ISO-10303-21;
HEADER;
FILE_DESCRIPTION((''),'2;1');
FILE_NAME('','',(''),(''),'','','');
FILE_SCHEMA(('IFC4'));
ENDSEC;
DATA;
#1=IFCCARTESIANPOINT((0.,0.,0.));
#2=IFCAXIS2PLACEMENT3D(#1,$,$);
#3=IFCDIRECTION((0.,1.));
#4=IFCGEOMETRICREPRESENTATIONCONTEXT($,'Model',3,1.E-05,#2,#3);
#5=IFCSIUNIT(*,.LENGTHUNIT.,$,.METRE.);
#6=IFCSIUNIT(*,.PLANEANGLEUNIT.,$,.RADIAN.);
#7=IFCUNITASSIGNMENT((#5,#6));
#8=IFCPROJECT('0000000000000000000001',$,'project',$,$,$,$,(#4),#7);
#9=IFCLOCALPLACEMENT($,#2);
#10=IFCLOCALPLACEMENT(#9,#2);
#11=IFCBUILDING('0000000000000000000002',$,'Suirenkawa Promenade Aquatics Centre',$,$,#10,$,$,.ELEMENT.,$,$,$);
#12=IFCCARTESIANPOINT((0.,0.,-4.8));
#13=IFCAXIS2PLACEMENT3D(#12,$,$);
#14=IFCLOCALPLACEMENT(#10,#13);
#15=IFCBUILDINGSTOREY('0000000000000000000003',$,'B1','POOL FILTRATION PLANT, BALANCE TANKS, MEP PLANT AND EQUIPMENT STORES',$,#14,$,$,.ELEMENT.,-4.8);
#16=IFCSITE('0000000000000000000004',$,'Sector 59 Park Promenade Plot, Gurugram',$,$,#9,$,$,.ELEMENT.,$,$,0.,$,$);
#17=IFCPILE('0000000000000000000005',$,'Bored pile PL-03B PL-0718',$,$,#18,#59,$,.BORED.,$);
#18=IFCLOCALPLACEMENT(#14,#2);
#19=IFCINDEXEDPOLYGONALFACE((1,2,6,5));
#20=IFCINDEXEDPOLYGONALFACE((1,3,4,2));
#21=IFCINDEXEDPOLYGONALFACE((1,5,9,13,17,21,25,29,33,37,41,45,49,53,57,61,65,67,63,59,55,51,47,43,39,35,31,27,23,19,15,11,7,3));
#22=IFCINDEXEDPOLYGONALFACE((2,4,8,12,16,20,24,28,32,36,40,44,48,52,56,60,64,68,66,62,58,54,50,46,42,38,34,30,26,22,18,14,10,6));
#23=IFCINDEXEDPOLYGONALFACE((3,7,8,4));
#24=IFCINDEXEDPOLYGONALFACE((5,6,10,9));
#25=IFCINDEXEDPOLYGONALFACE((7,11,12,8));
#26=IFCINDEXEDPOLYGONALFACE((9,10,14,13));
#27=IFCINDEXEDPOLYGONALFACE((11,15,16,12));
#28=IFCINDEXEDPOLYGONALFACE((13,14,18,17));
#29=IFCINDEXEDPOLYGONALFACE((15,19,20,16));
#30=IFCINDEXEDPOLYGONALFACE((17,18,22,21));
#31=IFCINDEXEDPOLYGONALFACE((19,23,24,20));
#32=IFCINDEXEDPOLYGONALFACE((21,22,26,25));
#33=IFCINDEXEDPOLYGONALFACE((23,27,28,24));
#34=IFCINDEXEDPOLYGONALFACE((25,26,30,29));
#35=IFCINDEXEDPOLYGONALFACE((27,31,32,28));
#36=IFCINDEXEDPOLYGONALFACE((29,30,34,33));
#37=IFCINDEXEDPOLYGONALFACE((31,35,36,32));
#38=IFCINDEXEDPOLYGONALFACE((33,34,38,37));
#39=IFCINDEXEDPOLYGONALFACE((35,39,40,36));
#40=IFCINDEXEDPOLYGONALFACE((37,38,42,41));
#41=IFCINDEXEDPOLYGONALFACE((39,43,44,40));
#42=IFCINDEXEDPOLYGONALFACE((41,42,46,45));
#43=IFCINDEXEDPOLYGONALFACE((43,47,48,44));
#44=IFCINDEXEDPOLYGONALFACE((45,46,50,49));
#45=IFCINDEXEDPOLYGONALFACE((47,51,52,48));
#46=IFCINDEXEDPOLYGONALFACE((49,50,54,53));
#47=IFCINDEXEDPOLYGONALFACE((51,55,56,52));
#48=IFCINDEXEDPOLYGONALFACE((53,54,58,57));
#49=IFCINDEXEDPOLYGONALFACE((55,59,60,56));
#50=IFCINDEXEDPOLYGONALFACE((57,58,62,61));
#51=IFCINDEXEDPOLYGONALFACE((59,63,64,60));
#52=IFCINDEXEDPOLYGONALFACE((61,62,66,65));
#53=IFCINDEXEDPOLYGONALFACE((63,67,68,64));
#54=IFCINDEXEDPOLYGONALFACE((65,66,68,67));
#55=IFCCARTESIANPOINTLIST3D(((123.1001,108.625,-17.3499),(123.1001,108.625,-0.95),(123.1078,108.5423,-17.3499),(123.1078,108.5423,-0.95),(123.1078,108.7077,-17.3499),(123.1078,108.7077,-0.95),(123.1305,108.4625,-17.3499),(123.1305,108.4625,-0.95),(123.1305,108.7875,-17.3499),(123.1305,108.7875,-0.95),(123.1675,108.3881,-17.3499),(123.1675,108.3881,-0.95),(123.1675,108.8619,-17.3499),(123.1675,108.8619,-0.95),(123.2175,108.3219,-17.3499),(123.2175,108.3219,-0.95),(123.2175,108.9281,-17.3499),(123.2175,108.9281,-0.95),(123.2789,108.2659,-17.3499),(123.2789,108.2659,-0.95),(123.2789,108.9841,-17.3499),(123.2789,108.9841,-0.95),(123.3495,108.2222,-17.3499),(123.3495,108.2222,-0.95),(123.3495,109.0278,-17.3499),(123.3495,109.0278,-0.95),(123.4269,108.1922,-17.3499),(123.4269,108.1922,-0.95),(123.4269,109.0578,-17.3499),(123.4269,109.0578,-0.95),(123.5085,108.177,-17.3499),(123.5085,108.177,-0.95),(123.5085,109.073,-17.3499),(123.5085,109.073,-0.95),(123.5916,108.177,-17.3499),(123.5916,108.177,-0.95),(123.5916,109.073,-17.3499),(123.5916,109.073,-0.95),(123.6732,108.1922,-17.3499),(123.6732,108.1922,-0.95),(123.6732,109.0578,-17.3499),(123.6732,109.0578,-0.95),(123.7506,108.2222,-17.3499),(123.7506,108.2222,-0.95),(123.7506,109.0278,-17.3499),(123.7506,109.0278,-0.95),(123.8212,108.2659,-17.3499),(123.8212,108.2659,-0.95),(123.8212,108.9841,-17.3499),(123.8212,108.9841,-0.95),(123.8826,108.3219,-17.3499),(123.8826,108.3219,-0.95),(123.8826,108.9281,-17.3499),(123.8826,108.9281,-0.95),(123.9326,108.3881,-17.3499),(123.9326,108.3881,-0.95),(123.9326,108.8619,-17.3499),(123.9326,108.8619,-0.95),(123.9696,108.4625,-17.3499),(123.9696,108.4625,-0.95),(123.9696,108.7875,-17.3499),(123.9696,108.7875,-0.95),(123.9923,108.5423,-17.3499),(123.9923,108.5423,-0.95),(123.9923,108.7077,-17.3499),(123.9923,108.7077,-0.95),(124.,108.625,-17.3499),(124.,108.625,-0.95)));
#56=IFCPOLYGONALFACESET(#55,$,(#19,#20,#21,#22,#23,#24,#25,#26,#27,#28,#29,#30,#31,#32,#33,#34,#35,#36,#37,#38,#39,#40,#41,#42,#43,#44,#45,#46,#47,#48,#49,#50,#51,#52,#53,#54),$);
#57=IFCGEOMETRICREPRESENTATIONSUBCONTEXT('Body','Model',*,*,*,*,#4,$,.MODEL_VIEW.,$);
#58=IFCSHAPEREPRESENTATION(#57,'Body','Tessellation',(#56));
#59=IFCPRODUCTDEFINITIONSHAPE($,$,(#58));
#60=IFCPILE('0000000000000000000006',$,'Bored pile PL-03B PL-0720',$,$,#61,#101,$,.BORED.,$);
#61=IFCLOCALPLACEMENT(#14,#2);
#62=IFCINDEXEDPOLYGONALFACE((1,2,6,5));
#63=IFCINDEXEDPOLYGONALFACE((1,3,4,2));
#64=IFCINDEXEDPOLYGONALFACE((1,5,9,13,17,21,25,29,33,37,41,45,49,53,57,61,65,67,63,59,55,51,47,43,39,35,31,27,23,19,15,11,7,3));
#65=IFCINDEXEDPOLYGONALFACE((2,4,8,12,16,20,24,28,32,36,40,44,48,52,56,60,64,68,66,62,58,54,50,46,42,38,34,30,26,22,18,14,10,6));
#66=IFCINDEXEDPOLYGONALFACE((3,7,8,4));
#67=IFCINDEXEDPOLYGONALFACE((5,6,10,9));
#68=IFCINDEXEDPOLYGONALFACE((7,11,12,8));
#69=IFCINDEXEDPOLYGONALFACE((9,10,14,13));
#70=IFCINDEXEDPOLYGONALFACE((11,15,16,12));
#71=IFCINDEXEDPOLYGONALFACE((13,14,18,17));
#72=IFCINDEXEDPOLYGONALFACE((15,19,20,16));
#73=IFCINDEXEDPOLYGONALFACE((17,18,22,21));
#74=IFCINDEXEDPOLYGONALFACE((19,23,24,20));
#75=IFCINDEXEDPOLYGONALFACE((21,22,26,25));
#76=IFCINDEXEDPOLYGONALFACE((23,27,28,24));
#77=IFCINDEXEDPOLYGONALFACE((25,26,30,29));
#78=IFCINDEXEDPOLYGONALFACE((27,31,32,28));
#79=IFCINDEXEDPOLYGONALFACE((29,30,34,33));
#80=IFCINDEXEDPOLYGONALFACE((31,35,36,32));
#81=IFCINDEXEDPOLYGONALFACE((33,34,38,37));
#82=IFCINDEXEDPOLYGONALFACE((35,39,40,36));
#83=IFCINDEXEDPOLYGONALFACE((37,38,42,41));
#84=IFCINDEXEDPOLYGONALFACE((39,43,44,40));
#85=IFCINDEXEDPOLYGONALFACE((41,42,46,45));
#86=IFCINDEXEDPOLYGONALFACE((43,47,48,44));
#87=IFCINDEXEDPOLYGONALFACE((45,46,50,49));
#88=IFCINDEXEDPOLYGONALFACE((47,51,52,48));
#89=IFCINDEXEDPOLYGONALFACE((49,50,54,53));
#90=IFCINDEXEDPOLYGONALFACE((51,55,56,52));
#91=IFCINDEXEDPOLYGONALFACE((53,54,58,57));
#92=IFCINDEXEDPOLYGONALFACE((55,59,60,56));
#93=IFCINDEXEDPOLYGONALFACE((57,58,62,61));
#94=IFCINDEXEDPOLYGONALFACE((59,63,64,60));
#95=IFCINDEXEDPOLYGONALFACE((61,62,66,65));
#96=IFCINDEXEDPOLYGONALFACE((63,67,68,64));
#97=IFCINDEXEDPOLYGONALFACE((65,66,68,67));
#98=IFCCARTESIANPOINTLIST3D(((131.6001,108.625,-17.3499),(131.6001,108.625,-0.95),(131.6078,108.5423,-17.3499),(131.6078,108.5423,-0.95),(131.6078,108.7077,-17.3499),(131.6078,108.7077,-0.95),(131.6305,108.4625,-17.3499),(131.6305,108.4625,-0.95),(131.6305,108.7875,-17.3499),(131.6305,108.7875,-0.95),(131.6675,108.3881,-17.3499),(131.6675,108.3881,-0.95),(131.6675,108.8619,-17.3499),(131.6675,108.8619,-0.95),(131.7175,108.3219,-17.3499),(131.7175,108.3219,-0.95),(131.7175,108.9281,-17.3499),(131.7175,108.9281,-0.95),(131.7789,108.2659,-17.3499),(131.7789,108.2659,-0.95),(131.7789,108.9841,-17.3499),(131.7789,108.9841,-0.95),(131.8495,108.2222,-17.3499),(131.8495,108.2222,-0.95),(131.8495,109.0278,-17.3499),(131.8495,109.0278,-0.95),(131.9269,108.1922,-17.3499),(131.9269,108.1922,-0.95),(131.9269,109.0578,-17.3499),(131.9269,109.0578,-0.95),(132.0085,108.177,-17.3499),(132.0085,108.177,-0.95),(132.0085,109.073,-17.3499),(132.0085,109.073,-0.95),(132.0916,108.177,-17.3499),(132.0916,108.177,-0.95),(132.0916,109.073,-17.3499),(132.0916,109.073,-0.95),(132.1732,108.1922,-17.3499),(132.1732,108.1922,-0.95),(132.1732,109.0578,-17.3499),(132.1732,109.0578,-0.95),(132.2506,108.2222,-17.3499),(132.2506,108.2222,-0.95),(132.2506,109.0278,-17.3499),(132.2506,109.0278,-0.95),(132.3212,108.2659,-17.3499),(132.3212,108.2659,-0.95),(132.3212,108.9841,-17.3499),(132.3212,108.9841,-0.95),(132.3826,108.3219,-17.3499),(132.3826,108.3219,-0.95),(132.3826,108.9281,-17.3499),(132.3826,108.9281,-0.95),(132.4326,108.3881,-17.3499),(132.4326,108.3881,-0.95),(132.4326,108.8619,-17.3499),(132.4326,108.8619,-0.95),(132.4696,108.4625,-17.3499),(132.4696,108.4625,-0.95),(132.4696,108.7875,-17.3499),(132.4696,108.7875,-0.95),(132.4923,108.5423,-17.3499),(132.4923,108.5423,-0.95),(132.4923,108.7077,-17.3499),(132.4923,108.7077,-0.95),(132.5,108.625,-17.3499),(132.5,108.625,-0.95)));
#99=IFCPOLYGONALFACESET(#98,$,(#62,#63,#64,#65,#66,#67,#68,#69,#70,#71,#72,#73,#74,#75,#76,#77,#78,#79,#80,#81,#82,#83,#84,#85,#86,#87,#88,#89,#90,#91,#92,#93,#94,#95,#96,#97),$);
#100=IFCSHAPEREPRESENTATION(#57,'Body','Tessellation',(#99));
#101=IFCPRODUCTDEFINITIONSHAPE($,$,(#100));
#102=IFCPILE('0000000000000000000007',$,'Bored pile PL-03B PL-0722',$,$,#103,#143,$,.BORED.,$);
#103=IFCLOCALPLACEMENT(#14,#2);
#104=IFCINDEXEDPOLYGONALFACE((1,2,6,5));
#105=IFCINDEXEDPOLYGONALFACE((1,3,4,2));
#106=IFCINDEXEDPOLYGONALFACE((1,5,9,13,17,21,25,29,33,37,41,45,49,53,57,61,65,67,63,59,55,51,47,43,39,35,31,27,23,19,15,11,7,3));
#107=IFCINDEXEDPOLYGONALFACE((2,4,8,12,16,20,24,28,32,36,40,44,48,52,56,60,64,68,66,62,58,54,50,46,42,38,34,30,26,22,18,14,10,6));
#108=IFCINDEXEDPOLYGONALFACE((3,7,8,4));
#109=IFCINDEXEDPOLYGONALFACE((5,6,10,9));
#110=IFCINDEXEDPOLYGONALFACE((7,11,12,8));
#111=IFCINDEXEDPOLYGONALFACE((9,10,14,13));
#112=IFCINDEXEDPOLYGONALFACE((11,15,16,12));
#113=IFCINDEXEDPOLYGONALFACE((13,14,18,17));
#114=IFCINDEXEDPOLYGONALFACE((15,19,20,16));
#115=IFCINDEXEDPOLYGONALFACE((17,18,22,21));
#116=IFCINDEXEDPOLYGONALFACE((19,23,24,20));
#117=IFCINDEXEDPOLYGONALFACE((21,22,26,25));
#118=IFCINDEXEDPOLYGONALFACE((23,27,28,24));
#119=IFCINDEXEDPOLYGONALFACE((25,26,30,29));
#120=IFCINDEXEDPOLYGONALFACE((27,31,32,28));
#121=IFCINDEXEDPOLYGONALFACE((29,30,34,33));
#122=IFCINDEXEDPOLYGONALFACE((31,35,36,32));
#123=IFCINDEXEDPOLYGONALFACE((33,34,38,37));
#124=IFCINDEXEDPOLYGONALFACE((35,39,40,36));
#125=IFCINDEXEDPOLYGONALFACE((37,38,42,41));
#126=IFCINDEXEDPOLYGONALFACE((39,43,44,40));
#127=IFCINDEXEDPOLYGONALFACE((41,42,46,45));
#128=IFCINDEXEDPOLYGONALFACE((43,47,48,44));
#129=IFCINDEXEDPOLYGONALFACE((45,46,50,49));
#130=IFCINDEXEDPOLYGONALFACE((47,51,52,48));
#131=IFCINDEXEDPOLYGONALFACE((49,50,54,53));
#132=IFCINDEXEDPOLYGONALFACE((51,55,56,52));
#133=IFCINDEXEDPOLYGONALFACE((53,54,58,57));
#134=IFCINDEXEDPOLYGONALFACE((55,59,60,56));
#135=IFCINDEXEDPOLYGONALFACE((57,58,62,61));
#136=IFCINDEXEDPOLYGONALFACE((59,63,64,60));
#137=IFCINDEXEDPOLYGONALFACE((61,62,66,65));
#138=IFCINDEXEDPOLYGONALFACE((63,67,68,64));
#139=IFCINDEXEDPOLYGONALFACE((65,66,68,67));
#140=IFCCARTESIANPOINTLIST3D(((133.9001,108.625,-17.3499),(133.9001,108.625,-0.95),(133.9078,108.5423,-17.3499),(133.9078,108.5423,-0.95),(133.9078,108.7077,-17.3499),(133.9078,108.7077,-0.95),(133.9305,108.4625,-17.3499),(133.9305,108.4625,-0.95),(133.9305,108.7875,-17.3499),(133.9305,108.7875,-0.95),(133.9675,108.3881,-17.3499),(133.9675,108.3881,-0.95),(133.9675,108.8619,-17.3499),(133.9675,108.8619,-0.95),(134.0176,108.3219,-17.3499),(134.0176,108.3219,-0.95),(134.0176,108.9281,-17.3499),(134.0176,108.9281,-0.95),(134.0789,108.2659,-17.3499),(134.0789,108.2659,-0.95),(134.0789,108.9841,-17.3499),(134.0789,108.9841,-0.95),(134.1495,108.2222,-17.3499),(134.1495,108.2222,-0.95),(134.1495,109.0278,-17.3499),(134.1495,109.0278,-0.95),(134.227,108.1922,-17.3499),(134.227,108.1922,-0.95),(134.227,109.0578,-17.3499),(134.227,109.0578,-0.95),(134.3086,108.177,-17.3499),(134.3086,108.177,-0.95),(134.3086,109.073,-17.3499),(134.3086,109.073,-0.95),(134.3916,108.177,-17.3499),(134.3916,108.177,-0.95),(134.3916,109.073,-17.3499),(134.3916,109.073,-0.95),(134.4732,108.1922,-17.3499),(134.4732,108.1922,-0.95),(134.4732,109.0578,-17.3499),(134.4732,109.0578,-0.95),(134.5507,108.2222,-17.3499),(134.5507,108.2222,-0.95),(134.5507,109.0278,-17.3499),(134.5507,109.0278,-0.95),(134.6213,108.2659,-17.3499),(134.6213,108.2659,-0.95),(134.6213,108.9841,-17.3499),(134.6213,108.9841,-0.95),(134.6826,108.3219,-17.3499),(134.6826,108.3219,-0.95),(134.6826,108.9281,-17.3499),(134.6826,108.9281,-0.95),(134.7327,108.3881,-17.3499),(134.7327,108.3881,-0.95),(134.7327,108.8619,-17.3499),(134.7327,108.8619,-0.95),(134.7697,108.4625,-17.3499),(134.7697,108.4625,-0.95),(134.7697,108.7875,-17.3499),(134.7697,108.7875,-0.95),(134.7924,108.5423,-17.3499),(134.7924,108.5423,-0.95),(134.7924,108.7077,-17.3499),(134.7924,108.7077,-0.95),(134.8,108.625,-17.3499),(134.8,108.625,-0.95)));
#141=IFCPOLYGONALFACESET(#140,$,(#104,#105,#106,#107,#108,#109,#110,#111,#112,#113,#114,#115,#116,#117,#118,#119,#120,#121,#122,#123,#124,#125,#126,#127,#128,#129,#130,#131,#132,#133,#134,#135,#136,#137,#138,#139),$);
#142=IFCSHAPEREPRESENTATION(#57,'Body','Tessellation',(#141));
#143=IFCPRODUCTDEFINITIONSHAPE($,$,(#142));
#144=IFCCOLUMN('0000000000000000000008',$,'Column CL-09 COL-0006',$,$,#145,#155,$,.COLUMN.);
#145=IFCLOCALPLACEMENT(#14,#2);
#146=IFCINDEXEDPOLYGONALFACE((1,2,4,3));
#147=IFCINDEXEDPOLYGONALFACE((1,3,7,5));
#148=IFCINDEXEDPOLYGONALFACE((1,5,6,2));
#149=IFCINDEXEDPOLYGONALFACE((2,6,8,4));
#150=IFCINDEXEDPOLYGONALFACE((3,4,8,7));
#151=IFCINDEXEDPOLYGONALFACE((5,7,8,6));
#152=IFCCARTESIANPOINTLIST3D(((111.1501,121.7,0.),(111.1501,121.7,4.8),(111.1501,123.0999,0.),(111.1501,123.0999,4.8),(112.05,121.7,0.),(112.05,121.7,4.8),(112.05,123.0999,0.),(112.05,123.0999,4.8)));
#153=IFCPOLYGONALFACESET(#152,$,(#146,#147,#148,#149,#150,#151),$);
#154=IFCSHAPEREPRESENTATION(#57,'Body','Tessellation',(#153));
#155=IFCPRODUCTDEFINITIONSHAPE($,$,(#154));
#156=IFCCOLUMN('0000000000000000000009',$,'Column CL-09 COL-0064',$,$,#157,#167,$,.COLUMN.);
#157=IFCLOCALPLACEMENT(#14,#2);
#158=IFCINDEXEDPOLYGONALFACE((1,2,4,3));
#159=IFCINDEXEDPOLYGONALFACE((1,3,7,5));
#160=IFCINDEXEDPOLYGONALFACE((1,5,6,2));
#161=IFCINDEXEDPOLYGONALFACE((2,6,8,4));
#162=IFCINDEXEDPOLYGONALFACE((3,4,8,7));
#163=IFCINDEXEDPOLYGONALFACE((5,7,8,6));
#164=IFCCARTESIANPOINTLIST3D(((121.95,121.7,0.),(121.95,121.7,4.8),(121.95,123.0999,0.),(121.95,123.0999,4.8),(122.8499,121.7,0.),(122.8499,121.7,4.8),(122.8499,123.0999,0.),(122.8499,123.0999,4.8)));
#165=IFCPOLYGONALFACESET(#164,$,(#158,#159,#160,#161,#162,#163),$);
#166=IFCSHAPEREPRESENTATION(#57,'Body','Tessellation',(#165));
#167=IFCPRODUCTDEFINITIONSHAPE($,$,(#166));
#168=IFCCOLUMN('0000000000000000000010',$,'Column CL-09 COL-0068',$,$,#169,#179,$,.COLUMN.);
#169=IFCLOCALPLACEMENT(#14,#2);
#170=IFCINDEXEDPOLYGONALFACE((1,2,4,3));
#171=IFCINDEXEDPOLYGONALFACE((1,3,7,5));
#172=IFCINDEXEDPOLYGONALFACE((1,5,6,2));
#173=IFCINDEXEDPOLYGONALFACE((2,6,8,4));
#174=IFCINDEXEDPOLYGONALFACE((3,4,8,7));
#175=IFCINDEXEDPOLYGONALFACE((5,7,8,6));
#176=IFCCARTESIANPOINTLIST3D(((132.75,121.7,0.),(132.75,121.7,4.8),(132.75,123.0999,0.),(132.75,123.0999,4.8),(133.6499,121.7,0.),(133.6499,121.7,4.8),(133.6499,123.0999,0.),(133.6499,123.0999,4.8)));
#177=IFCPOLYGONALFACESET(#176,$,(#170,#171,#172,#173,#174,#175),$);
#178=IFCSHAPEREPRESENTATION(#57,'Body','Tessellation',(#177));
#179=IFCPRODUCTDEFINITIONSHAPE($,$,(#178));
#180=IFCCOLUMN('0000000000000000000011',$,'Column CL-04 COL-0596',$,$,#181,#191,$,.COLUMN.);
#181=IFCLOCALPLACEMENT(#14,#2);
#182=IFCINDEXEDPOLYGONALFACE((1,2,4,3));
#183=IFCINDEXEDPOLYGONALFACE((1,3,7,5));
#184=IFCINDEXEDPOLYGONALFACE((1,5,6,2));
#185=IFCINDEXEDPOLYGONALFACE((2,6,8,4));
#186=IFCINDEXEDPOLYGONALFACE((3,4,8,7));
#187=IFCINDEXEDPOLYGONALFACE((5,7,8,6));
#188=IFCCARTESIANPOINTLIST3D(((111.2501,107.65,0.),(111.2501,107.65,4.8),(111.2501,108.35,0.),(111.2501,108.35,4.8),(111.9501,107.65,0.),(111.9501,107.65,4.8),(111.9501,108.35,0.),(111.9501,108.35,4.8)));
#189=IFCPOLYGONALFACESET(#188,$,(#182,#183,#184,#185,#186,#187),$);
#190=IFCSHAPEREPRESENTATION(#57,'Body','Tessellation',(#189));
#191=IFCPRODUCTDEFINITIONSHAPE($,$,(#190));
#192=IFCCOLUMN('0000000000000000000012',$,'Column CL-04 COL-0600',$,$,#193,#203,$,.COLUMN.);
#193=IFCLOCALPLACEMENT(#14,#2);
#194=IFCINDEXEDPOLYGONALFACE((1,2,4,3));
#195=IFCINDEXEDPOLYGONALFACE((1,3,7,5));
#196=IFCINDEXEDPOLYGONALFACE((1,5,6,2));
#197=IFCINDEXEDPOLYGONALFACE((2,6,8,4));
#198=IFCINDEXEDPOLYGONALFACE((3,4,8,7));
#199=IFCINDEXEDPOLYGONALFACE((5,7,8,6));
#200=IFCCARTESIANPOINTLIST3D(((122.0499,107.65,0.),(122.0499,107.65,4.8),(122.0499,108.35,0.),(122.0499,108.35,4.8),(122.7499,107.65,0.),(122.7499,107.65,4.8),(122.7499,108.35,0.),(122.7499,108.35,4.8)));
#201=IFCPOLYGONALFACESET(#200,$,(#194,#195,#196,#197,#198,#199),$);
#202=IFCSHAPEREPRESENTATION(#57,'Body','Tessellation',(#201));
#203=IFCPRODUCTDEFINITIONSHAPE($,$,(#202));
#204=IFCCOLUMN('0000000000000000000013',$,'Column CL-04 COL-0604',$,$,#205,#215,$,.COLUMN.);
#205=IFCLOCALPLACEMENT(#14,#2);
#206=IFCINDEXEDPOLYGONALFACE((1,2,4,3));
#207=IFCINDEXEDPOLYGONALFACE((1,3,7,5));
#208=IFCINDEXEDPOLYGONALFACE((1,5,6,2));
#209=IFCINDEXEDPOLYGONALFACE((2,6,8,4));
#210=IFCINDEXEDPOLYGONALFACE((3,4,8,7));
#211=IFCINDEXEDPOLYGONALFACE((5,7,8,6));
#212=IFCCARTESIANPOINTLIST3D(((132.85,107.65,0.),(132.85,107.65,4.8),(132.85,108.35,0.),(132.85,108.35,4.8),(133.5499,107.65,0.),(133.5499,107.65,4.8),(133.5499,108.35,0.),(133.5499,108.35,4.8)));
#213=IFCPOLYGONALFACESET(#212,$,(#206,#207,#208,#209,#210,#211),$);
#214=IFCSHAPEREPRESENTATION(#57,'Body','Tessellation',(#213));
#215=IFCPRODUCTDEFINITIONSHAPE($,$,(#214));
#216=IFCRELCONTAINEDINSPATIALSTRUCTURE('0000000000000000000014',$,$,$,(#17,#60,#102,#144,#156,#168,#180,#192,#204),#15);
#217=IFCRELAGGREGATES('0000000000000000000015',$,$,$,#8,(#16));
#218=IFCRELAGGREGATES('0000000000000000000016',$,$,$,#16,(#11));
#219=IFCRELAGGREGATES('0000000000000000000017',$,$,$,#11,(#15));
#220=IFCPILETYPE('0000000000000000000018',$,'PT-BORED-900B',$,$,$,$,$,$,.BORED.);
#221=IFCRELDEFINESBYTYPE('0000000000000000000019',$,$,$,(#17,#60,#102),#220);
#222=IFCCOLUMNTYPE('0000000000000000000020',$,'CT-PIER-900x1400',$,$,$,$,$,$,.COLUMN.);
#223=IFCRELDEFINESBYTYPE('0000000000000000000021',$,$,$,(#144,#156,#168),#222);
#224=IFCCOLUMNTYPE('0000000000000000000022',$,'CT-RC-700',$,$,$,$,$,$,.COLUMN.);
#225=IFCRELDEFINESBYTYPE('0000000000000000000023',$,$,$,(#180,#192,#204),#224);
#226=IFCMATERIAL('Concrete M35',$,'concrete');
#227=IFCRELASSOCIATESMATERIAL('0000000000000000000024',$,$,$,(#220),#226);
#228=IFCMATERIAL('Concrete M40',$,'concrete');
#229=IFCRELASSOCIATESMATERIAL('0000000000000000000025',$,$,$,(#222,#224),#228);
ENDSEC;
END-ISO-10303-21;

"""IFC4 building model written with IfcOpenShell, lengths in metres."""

from ifc_helpers import new_model, si_unit, direction, frame, origin, origin_2d, place, context, subcontext, project, spatial, rectangle, circle, extrude, material, material_profile, profile_set, type_object, element, save


model = new_model("IFC4")

# Units and contexts
model_context = context("Model", 3, precision=1e-05, world=origin(), true_north=direction((0.0, 1.0)))
body_context = subcontext(model_context, "Body", "Model", "MODEL_VIEW")
ifc_project = project(units=[si_unit("LENGTHUNIT", "METRE"), si_unit("PLANEANGLEUNIT", "RADIAN")], contexts=[model_context])

# Site, building, storey
site_placement = place(None, origin())
site = spatial("IfcSite", under=ifc_project, at=site_placement, Name="Sector 59 Park Promenade Plot, Gurugram", CompositionType="ELEMENT", RefElevation=0.0)
building_placement = place(site_placement, origin())
building = spatial("IfcBuilding", under=site, at=building_placement, Name="Suirenkawa Promenade Aquatics Centre", CompositionType="ELEMENT")
storey_placement = place(building_placement, frame((0.0, 0.0, -4.8)))
storey = spatial("IfcBuildingStorey", under=building, at=storey_placement, Name="B1", Description="POOL FILTRATION PLANT, BALANCE TANKS, MEP PLANT AND EQUIPMENT STORES", CompositionType="ELEMENT", Elevation=-4.8)

# Shared definitions
ifc_material_1 = material(Name="Concrete M35", Category="concrete")

# Piles
ifc_material_profile_1 = material_profile(ifc_material_1, circle(Radius=0.45, at=origin_2d()), Name="PILE D900", Category="concrete")
ifc_profile_set_1 = profile_set([ifc_material_profile_1], Name="Concrete M35")
pile_type_1 = type_object("IfcPileType", Name="PT-BORED-900B", PredefinedType="BORED", material=ifc_profile_set_1)
for number, where, z_axis, x_axis, name in (
    (1, (123.55, 108.625, -0.95), (0.0, 0.0, -1.0), (1.0, 0.0, 0.0), "Bored pile PL-03B PL-0718"),
    (2, (132.05, 108.625, -0.95), (0.0, 0.0, -1.0), (1.0, 0.0, 0.0), "Bored pile PL-03B PL-0720"),
    (3, (134.3501, 108.625, -0.95), (0.0, 0.0, -1.0), (1.0, 0.0, 0.0), "Bored pile PL-03B PL-0722"),
):
    element("IfcPile", number, at=place(storey_placement, frame(where, z_axis=z_axis, x_axis=x_axis)), inside=storey, type_object=pile_type_1, Name=name, PredefinedType="BORED", context=body_context, shape_type="SweptSolid", body=[
        extrude(circle(Radius=0.45, at=origin_2d()), origin(), (0.0, 0.0, 1.0), 16.3999),
    ])

# Columns
ifc_material_2 = material(Name="Concrete M40", Category="concrete")
ifc_material_profile_2 = material_profile(ifc_material_2, rectangle(XDim=0.8999, YDim=1.3999, at=origin_2d()), Name="RC PIER 900x1400", Category="concrete")
ifc_profile_set_2 = profile_set([ifc_material_profile_2], Name="Concrete M40")
column_type_1 = type_object("IfcColumnType", Name="CT-PIER-900x1400", PredefinedType="COLUMN", material=ifc_profile_set_2)
for number, where, z_axis, x_axis, name in (
    (4, (111.6001, 122.3999, 0.0), (0.0, 0.0, 1.0), (1.0, 0.0, 0.0), "Column CL-09 COL-0006"),
    (5, (122.3999, 122.3999, 0.0), (0.0, 0.0, 1.0), (1.0, 0.0, 0.0), "Column CL-09 COL-0064"),
    (6, (133.2, 122.3999, 0.0), (0.0, 0.0, 1.0), (1.0, 0.0, 0.0), "Column CL-09 COL-0068"),
):
    element("IfcColumn", number, at=place(storey_placement, frame(where, z_axis=z_axis, x_axis=x_axis)), inside=storey, type_object=column_type_1, Name=name, PredefinedType="COLUMN", context=body_context, shape_type="SweptSolid", body=[
        extrude(rectangle(XDim=0.8999, YDim=1.3999, at=origin_2d()), origin(), (0.0, 0.0, 1.0), 4.8),
    ])
ifc_material_profile_3 = material_profile(ifc_material_2, rectangle(XDim=0.7, YDim=0.7, at=origin_2d()), Name="RC COL 700x700", Category="concrete")
ifc_profile_set_3 = profile_set([ifc_material_profile_3], Name="Concrete M40")
column_type_2 = type_object("IfcColumnType", Name="CT-RC-700", PredefinedType="COLUMN", material=ifc_profile_set_3)
for number, where, z_axis, x_axis, name in (
    (7, (111.6001, 108.0, 0.0), (0.0, 0.0, 1.0), (1.0, 0.0, 0.0), "Column CL-04 COL-0596"),
    (8, (122.3999, 108.0, 0.0), (0.0, 0.0, 1.0), (1.0, 0.0, 0.0), "Column CL-04 COL-0600"),
    (9, (133.2, 108.0, 0.0), (0.0, 0.0, 1.0), (1.0, 0.0, 0.0), "Column CL-04 COL-0604"),
):
    element("IfcColumn", number, at=place(storey_placement, frame(where, z_axis=z_axis, x_axis=x_axis)), inside=storey, type_object=column_type_2, Name=name, PredefinedType="COLUMN", context=body_context, shape_type="SweptSolid", body=[
        extrude(rectangle(XDim=0.7, YDim=0.7, at=origin_2d()), origin(), (0.0, 0.0, 1.0), 4.8),
    ])

save(model, "model.ifc")
